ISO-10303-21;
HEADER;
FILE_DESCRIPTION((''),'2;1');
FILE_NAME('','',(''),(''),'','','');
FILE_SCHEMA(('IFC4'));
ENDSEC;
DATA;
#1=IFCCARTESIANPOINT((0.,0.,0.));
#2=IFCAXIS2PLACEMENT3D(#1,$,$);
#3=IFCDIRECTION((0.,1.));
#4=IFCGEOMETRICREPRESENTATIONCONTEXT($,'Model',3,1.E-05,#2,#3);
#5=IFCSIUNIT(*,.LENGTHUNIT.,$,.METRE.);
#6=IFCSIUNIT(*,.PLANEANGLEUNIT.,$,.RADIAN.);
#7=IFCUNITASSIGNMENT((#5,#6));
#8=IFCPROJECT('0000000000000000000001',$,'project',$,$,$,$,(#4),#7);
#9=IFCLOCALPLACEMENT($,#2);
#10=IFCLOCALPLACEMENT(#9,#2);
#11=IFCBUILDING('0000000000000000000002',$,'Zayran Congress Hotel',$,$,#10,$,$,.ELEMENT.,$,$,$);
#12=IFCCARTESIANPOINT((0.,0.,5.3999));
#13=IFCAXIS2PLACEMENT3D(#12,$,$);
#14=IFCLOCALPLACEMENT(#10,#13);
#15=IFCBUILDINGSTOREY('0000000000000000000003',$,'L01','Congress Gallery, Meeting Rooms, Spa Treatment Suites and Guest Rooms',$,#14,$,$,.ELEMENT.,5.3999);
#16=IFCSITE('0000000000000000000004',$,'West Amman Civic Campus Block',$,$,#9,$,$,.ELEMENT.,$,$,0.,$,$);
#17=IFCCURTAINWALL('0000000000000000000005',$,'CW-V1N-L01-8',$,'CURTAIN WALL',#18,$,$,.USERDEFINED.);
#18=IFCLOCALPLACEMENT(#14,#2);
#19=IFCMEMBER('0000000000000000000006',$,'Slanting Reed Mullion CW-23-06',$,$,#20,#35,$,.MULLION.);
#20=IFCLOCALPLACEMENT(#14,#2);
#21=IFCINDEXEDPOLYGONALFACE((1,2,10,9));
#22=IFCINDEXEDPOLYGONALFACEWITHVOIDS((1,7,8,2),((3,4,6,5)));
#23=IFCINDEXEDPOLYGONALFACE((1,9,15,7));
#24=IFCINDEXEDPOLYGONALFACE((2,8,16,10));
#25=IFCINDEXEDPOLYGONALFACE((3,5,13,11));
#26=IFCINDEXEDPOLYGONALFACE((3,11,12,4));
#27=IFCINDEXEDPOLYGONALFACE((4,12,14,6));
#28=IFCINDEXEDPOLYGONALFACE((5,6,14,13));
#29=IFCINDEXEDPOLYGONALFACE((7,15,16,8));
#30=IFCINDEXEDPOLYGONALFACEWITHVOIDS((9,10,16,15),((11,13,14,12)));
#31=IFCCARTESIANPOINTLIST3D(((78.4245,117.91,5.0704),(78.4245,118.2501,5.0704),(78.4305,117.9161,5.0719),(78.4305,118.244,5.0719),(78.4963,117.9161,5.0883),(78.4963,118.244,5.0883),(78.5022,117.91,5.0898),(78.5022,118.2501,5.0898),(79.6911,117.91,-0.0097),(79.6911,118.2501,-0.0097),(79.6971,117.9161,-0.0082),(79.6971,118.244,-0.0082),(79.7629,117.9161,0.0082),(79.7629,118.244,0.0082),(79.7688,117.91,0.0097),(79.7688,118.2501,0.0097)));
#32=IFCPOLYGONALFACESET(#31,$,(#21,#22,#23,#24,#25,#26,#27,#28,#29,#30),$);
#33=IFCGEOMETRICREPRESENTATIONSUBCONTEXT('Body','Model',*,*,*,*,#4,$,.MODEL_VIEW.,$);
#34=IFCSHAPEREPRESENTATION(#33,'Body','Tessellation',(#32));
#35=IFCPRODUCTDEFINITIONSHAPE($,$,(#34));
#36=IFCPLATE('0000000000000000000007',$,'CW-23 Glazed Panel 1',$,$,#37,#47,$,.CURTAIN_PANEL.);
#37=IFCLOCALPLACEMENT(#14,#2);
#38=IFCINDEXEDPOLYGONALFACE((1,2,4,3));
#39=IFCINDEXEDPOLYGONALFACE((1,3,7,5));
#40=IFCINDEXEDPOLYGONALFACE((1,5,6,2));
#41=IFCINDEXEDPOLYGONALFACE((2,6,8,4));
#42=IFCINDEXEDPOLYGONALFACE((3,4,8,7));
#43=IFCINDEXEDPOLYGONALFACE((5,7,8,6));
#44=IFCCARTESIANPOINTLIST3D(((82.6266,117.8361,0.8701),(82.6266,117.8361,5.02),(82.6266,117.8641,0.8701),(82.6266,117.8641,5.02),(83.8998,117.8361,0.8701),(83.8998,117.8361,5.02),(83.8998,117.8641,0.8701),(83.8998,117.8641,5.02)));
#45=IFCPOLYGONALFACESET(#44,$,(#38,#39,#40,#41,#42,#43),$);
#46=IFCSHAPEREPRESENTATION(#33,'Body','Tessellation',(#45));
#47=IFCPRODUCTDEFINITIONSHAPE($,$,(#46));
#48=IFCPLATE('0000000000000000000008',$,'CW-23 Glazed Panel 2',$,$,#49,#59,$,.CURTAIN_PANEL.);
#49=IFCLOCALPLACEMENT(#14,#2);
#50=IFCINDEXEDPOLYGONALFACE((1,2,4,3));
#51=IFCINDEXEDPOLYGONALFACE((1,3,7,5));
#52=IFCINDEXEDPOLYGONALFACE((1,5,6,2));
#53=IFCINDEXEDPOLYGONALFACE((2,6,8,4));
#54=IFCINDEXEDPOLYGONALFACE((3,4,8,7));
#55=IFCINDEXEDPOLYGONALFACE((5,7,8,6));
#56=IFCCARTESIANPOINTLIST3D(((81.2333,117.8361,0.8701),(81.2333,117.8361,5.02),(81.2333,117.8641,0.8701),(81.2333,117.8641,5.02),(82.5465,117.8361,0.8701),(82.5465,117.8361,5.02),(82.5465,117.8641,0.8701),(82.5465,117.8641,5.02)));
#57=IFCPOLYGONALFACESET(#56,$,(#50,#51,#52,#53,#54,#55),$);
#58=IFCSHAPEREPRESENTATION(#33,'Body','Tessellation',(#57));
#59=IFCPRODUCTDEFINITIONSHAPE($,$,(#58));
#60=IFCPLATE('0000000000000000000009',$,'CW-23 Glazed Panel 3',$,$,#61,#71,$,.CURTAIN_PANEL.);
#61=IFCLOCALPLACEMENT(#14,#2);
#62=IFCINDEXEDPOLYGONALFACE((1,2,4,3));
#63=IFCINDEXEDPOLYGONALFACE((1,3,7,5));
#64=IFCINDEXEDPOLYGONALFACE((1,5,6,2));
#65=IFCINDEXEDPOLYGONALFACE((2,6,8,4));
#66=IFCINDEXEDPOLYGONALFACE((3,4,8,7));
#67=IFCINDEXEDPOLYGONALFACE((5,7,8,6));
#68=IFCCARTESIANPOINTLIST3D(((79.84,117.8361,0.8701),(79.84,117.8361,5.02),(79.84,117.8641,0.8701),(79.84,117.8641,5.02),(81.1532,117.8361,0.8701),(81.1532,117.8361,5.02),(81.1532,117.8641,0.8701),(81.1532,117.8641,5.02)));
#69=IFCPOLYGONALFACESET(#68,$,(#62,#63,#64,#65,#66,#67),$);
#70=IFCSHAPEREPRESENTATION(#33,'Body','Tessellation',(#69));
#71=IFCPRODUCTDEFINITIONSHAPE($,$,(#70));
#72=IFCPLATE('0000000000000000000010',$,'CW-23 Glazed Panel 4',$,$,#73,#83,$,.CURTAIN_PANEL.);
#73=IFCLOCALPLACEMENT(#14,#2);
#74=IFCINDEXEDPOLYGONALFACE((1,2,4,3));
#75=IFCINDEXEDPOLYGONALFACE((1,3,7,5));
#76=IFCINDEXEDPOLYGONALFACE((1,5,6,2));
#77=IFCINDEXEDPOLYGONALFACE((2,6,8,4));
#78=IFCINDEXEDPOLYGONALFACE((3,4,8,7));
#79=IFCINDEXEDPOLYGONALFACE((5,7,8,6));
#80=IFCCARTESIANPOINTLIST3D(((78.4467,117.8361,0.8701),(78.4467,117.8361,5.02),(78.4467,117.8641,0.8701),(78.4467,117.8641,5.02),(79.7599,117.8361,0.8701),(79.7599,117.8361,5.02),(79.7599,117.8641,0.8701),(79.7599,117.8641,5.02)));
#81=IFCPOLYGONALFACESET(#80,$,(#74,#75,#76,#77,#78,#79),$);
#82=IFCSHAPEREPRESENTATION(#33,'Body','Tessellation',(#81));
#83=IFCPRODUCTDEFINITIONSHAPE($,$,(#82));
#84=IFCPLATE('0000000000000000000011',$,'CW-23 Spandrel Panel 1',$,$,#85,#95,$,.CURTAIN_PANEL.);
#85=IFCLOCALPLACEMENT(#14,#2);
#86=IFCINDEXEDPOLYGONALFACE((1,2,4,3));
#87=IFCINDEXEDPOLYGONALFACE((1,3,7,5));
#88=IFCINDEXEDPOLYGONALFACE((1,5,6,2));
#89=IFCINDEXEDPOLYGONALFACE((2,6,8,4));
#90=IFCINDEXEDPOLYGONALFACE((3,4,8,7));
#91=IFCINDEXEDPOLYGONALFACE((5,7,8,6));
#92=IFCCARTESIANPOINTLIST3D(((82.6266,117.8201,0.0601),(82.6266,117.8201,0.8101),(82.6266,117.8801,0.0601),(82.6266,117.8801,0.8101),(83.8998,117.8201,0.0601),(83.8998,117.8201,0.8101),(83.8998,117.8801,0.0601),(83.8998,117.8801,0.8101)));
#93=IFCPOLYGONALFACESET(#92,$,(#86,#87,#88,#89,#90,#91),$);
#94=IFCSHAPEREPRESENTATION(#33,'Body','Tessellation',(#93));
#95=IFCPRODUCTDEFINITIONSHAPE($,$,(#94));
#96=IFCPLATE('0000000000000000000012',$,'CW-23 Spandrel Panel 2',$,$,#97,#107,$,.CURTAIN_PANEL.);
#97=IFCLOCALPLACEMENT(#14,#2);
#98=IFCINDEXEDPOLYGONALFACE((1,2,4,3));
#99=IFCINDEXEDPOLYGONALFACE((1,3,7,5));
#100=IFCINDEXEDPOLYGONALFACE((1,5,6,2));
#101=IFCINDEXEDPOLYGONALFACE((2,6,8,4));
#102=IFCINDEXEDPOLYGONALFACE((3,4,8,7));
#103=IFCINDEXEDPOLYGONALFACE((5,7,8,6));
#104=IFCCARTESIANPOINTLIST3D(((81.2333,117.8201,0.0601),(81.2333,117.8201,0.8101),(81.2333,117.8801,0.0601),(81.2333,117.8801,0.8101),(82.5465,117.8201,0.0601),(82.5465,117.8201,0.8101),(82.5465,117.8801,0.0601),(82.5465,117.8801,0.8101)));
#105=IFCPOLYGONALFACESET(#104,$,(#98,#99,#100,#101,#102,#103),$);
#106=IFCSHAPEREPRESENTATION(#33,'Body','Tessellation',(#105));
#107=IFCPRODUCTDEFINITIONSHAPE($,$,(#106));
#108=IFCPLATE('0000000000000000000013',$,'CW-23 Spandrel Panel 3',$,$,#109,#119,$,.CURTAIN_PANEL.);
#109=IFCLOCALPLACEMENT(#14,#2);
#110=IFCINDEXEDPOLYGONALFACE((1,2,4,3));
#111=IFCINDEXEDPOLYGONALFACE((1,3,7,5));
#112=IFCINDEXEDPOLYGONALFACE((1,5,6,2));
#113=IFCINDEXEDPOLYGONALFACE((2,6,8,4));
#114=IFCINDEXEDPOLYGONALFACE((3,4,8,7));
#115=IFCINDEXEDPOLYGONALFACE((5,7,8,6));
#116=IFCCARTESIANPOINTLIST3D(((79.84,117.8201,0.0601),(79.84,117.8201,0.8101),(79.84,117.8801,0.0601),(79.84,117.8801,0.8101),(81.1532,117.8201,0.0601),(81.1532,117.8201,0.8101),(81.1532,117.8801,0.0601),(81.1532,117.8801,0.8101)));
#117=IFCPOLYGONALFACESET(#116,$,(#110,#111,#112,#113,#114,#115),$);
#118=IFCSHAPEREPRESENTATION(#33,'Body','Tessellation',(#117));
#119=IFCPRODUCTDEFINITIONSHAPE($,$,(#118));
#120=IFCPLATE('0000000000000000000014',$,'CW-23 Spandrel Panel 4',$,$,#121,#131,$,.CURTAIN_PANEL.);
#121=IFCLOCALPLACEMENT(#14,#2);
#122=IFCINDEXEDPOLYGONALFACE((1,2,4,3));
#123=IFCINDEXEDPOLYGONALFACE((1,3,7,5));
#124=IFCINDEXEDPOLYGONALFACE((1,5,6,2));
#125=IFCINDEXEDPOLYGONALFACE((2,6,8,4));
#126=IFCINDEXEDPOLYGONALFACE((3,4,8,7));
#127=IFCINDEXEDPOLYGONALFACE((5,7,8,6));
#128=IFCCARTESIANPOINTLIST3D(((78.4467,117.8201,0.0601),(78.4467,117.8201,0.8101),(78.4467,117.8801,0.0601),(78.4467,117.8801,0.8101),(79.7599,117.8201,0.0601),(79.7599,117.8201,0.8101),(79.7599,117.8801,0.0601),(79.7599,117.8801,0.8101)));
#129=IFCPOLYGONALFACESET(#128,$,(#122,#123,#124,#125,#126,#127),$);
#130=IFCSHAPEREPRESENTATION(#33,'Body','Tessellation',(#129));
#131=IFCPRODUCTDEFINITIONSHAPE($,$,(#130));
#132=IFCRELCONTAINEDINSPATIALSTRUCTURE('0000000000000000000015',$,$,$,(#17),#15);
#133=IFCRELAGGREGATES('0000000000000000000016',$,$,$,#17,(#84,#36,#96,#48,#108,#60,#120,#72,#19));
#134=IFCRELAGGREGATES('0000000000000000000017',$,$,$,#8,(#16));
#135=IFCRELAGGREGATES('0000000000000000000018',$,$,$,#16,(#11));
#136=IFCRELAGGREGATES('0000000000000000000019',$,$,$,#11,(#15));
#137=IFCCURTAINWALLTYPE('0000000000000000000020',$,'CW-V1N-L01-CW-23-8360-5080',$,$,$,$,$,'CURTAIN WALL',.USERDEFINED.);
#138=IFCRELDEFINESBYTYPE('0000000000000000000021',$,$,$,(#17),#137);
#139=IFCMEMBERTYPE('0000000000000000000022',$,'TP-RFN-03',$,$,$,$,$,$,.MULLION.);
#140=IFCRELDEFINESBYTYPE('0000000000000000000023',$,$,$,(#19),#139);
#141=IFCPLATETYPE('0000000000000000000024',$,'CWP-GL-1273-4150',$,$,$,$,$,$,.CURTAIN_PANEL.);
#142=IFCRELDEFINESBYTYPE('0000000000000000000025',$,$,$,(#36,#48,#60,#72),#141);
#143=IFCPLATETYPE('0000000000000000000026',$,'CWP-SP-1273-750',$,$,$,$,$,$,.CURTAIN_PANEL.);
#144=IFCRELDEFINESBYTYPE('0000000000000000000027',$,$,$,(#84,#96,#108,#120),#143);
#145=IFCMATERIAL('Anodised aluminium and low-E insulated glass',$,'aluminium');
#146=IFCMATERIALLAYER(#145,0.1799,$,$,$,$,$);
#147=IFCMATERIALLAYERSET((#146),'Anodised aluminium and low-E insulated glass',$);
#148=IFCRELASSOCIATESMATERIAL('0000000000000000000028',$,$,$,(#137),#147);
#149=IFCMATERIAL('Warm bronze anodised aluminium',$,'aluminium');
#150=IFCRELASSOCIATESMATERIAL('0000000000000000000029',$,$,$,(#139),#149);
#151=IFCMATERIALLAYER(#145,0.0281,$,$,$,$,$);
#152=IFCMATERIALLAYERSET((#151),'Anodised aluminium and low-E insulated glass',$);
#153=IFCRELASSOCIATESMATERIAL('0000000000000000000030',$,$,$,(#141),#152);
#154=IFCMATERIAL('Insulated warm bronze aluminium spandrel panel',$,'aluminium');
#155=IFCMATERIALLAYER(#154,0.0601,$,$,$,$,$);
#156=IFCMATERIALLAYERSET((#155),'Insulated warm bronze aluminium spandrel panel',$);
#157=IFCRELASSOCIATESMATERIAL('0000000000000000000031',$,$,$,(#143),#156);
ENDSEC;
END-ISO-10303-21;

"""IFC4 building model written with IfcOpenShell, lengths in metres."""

from ifc_helpers import new_model, si_unit, direction, frame, origin, origin_2d, place, context, subcontext, project, spatial, rectangle, hollow_rectangle, extrude, material, layer, layer_set, material_profile, profile_set, type_object, element, aggregate, save


model = new_model("IFC4")

# Units and contexts
model_context = context("Model", 3, precision=1e-05, world=origin(), true_north=direction((0.0, 1.0)))
body_context = subcontext(model_context, "Body", "Model", "MODEL_VIEW")
ifc_project = project(units=[si_unit("LENGTHUNIT", "METRE"), si_unit("PLANEANGLEUNIT", "RADIAN")], contexts=[model_context])

# Site, building, storey
site_placement = place(None, origin())
site = spatial("IfcSite", under=ifc_project, at=site_placement, Name="West Amman Civic Campus Block", CompositionType="ELEMENT", RefElevation=0.0)
building_placement = place(site_placement, origin())
building = spatial("IfcBuilding", under=site, at=building_placement, Name="Zayran Congress Hotel", CompositionType="ELEMENT")
storey_placement = place(building_placement, frame((0.0, 0.0, 5.3999)))
storey = spatial("IfcBuildingStorey", under=building, at=storey_placement, Name="L01", Description="Congress Gallery, Meeting Rooms, Spa Treatment Suites and Guest Rooms", CompositionType="ELEMENT", Elevation=5.3999)

# Curtain wall, member, plates
ifc_material_1 = material(Name="Anodised aluminium and low-E insulated glass", Category="aluminium")
ifc_layer_1 = layer(ifc_material_1, 0.1799)
ifc_layer_set_1 = layer_set([ifc_layer_1], Name="Anodised aluminium and low-E insulated glass")
curtain_wall_type = type_object("IfcCurtainWallType", Name="CW-V1N-L01-CW-23-8360-5080", ElementType="CURTAIN WALL", PredefinedType="USERDEFINED", material=ifc_layer_set_1)
curtain_wall_placement = place(storey_placement, origin())
curtain_wall = element("IfcCurtainWall", 1, at=curtain_wall_placement, inside=storey, type_object=curtain_wall_type, Name="CW-V1N-L01-8", ObjectType="CURTAIN WALL", PredefinedType="USERDEFINED")
ifc_material_2 = material(Name="Warm bronze anodised aluminium", Category="aluminium")
ifc_material_profile_1 = material_profile(ifc_material_2, hollow_rectangle(XDim=0.0801, YDim=0.3401, WallThickness=0.0061, at=origin_2d()), Name="RHS 340x80x6")
ifc_profile_set_1 = profile_set([ifc_material_profile_1], Name="Warm bronze anodised aluminium")
member_type_1 = type_object("IfcMemberType", Name="TP-RFN-03", PredefinedType="MULLION", material=ifc_profile_set_1)
member_1_placement = place(storey_placement, frame((79.73, 118.0801, 0.0), z_axis=(-0.241921, 0.0, 0.970296), x_axis=(0.970296, 0.0, 0.241921)))
member_1 = element("IfcMember", 2, at=member_1_placement, type_object=member_type_1, Name="Slanting Reed Mullion CW-23-06", PredefinedType="MULLION", context=body_context, shape_type="SweptSolid", body=[
    extrude(hollow_rectangle(XDim=0.0801, YDim=0.3401, WallThickness=0.0061, at=origin_2d()), origin(), (0.0, 0.0, 1.0), 5.2356),
])
ifc_layer_2 = layer(ifc_material_1, 0.0281)
ifc_layer_set_2 = layer_set([ifc_layer_2], Name="Anodised aluminium and low-E insulated glass")
plate_type_1 = type_object("IfcPlateType", Name="CWP-GL-1273-4150", PredefinedType="CURTAIN_PANEL", material=ifc_layer_set_2)
plate_1_placement = place(storey_placement, frame((83.2632, 117.8501, 0.8701), z_axis=(0.0, 0.0, 1.0), x_axis=(1.0, 0.0, 0.0)))
plate_1 = element("IfcPlate", 3, at=plate_1_placement, type_object=plate_type_1, Name="CW-23 Glazed Panel 1", PredefinedType="CURTAIN_PANEL", context=body_context, shape_type="SweptSolid", body=[
    extrude(rectangle(XDim=1.2732, YDim=0.0281, at=origin_2d()), origin(), (0.0, 0.0, 1.0), 4.1499),
])
plate_2_placement = place(storey_placement, frame((81.8899, 117.8501, 0.8701), z_axis=(0.0, 0.0, 1.0), x_axis=(1.0, 0.0, 0.0)))
plate_2 = element("IfcPlate", 4, at=plate_2_placement, type_object=plate_type_1, Name="CW-23 Glazed Panel 2", PredefinedType="CURTAIN_PANEL", context=body_context, shape_type="SweptSolid", body=[
    extrude(rectangle(XDim=1.3132, YDim=0.0281, at=origin_2d()), origin(), (0.0, 0.0, 1.0), 4.1499),
])
plate_3_placement = place(storey_placement, frame((80.4966, 117.8501, 0.8701), z_axis=(0.0, 0.0, 1.0), x_axis=(1.0, 0.0, 0.0)))
plate_3 = element("IfcPlate", 5, at=plate_3_placement, type_object=plate_type_1, Name="CW-23 Glazed Panel 3", PredefinedType="CURTAIN_PANEL", context=body_context, shape_type="SweptSolid", body=[
    extrude(rectangle(XDim=1.3132, YDim=0.0281, at=origin_2d()), origin(), (0.0, 0.0, 1.0), 4.1499),
])
plate_4_placement = place(storey_placement, frame((79.1033, 117.8501, 0.8701), z_axis=(0.0, 0.0, 1.0), x_axis=(1.0, 0.0, 0.0)))
plate_4 = element("IfcPlate", 6, at=plate_4_placement, type_object=plate_type_1, Name="CW-23 Glazed Panel 4", PredefinedType="CURTAIN_PANEL", context=body_context, shape_type="SweptSolid", body=[
    extrude(rectangle(XDim=1.3132, YDim=0.0281, at=origin_2d()), origin(), (0.0, 0.0, 1.0), 4.1499),
])
ifc_material_3 = material(Name="Insulated warm bronze aluminium spandrel panel", Category="aluminium")
ifc_layer_3 = layer(ifc_material_3, 0.0601)
ifc_layer_set_3 = layer_set([ifc_layer_3], Name="Insulated warm bronze aluminium spandrel panel")
plate_type_2 = type_object("IfcPlateType", Name="CWP-SP-1273-750", PredefinedType="CURTAIN_PANEL", material=ifc_layer_set_3)
plate_5_placement = place(storey_placement, frame((83.2632, 117.8501, 0.0601), z_axis=(0.0, 0.0, 1.0), x_axis=(1.0, 0.0, 0.0)))
plate_5 = element("IfcPlate", 7, at=plate_5_placement, type_object=plate_type_2, Name="CW-23 Spandrel Panel 1", PredefinedType="CURTAIN_PANEL", context=body_context, shape_type="SweptSolid", body=[
    extrude(rectangle(XDim=1.2732, YDim=0.0601, at=origin_2d()), origin(), (0.0, 0.0, 1.0), 0.75),
])
plate_6_placement = place(storey_placement, frame((81.8899, 117.8501, 0.0601), z_axis=(0.0, 0.0, 1.0), x_axis=(1.0, 0.0, 0.0)))
plate_6 = element("IfcPlate", 8, at=plate_6_placement, type_object=plate_type_2, Name="CW-23 Spandrel Panel 2", PredefinedType="CURTAIN_PANEL", context=body_context, shape_type="SweptSolid", body=[
    extrude(rectangle(XDim=1.3132, YDim=0.0601, at=origin_2d()), origin(), (0.0, 0.0, 1.0), 0.75),
])
plate_7_placement = place(storey_placement, frame((80.4966, 117.8501, 0.0601), z_axis=(0.0, 0.0, 1.0), x_axis=(1.0, 0.0, 0.0)))
plate_7 = element("IfcPlate", 9, at=plate_7_placement, type_object=plate_type_2, Name="CW-23 Spandrel Panel 3", PredefinedType="CURTAIN_PANEL", context=body_context, shape_type="SweptSolid", body=[
    extrude(rectangle(XDim=1.3132, YDim=0.0601, at=origin_2d()), origin(), (0.0, 0.0, 1.0), 0.75),
])
plate_8_placement = place(storey_placement, frame((79.1033, 117.8501, 0.0601), z_axis=(0.0, 0.0, 1.0), x_axis=(1.0, 0.0, 0.0)))
plate_8 = element("IfcPlate", 10, at=plate_8_placement, type_object=plate_type_2, Name="CW-23 Spandrel Panel 4", PredefinedType="CURTAIN_PANEL", context=body_context, shape_type="SweptSolid", body=[
    extrude(rectangle(XDim=1.3132, YDim=0.0601, at=origin_2d()), origin(), (0.0, 0.0, 1.0), 0.75),
])
aggregate(curtain_wall, [plate_5, plate_1, plate_6, plate_2, plate_7, plate_3, plate_8, plate_4, member_1])

save(model, "model.ifc")
